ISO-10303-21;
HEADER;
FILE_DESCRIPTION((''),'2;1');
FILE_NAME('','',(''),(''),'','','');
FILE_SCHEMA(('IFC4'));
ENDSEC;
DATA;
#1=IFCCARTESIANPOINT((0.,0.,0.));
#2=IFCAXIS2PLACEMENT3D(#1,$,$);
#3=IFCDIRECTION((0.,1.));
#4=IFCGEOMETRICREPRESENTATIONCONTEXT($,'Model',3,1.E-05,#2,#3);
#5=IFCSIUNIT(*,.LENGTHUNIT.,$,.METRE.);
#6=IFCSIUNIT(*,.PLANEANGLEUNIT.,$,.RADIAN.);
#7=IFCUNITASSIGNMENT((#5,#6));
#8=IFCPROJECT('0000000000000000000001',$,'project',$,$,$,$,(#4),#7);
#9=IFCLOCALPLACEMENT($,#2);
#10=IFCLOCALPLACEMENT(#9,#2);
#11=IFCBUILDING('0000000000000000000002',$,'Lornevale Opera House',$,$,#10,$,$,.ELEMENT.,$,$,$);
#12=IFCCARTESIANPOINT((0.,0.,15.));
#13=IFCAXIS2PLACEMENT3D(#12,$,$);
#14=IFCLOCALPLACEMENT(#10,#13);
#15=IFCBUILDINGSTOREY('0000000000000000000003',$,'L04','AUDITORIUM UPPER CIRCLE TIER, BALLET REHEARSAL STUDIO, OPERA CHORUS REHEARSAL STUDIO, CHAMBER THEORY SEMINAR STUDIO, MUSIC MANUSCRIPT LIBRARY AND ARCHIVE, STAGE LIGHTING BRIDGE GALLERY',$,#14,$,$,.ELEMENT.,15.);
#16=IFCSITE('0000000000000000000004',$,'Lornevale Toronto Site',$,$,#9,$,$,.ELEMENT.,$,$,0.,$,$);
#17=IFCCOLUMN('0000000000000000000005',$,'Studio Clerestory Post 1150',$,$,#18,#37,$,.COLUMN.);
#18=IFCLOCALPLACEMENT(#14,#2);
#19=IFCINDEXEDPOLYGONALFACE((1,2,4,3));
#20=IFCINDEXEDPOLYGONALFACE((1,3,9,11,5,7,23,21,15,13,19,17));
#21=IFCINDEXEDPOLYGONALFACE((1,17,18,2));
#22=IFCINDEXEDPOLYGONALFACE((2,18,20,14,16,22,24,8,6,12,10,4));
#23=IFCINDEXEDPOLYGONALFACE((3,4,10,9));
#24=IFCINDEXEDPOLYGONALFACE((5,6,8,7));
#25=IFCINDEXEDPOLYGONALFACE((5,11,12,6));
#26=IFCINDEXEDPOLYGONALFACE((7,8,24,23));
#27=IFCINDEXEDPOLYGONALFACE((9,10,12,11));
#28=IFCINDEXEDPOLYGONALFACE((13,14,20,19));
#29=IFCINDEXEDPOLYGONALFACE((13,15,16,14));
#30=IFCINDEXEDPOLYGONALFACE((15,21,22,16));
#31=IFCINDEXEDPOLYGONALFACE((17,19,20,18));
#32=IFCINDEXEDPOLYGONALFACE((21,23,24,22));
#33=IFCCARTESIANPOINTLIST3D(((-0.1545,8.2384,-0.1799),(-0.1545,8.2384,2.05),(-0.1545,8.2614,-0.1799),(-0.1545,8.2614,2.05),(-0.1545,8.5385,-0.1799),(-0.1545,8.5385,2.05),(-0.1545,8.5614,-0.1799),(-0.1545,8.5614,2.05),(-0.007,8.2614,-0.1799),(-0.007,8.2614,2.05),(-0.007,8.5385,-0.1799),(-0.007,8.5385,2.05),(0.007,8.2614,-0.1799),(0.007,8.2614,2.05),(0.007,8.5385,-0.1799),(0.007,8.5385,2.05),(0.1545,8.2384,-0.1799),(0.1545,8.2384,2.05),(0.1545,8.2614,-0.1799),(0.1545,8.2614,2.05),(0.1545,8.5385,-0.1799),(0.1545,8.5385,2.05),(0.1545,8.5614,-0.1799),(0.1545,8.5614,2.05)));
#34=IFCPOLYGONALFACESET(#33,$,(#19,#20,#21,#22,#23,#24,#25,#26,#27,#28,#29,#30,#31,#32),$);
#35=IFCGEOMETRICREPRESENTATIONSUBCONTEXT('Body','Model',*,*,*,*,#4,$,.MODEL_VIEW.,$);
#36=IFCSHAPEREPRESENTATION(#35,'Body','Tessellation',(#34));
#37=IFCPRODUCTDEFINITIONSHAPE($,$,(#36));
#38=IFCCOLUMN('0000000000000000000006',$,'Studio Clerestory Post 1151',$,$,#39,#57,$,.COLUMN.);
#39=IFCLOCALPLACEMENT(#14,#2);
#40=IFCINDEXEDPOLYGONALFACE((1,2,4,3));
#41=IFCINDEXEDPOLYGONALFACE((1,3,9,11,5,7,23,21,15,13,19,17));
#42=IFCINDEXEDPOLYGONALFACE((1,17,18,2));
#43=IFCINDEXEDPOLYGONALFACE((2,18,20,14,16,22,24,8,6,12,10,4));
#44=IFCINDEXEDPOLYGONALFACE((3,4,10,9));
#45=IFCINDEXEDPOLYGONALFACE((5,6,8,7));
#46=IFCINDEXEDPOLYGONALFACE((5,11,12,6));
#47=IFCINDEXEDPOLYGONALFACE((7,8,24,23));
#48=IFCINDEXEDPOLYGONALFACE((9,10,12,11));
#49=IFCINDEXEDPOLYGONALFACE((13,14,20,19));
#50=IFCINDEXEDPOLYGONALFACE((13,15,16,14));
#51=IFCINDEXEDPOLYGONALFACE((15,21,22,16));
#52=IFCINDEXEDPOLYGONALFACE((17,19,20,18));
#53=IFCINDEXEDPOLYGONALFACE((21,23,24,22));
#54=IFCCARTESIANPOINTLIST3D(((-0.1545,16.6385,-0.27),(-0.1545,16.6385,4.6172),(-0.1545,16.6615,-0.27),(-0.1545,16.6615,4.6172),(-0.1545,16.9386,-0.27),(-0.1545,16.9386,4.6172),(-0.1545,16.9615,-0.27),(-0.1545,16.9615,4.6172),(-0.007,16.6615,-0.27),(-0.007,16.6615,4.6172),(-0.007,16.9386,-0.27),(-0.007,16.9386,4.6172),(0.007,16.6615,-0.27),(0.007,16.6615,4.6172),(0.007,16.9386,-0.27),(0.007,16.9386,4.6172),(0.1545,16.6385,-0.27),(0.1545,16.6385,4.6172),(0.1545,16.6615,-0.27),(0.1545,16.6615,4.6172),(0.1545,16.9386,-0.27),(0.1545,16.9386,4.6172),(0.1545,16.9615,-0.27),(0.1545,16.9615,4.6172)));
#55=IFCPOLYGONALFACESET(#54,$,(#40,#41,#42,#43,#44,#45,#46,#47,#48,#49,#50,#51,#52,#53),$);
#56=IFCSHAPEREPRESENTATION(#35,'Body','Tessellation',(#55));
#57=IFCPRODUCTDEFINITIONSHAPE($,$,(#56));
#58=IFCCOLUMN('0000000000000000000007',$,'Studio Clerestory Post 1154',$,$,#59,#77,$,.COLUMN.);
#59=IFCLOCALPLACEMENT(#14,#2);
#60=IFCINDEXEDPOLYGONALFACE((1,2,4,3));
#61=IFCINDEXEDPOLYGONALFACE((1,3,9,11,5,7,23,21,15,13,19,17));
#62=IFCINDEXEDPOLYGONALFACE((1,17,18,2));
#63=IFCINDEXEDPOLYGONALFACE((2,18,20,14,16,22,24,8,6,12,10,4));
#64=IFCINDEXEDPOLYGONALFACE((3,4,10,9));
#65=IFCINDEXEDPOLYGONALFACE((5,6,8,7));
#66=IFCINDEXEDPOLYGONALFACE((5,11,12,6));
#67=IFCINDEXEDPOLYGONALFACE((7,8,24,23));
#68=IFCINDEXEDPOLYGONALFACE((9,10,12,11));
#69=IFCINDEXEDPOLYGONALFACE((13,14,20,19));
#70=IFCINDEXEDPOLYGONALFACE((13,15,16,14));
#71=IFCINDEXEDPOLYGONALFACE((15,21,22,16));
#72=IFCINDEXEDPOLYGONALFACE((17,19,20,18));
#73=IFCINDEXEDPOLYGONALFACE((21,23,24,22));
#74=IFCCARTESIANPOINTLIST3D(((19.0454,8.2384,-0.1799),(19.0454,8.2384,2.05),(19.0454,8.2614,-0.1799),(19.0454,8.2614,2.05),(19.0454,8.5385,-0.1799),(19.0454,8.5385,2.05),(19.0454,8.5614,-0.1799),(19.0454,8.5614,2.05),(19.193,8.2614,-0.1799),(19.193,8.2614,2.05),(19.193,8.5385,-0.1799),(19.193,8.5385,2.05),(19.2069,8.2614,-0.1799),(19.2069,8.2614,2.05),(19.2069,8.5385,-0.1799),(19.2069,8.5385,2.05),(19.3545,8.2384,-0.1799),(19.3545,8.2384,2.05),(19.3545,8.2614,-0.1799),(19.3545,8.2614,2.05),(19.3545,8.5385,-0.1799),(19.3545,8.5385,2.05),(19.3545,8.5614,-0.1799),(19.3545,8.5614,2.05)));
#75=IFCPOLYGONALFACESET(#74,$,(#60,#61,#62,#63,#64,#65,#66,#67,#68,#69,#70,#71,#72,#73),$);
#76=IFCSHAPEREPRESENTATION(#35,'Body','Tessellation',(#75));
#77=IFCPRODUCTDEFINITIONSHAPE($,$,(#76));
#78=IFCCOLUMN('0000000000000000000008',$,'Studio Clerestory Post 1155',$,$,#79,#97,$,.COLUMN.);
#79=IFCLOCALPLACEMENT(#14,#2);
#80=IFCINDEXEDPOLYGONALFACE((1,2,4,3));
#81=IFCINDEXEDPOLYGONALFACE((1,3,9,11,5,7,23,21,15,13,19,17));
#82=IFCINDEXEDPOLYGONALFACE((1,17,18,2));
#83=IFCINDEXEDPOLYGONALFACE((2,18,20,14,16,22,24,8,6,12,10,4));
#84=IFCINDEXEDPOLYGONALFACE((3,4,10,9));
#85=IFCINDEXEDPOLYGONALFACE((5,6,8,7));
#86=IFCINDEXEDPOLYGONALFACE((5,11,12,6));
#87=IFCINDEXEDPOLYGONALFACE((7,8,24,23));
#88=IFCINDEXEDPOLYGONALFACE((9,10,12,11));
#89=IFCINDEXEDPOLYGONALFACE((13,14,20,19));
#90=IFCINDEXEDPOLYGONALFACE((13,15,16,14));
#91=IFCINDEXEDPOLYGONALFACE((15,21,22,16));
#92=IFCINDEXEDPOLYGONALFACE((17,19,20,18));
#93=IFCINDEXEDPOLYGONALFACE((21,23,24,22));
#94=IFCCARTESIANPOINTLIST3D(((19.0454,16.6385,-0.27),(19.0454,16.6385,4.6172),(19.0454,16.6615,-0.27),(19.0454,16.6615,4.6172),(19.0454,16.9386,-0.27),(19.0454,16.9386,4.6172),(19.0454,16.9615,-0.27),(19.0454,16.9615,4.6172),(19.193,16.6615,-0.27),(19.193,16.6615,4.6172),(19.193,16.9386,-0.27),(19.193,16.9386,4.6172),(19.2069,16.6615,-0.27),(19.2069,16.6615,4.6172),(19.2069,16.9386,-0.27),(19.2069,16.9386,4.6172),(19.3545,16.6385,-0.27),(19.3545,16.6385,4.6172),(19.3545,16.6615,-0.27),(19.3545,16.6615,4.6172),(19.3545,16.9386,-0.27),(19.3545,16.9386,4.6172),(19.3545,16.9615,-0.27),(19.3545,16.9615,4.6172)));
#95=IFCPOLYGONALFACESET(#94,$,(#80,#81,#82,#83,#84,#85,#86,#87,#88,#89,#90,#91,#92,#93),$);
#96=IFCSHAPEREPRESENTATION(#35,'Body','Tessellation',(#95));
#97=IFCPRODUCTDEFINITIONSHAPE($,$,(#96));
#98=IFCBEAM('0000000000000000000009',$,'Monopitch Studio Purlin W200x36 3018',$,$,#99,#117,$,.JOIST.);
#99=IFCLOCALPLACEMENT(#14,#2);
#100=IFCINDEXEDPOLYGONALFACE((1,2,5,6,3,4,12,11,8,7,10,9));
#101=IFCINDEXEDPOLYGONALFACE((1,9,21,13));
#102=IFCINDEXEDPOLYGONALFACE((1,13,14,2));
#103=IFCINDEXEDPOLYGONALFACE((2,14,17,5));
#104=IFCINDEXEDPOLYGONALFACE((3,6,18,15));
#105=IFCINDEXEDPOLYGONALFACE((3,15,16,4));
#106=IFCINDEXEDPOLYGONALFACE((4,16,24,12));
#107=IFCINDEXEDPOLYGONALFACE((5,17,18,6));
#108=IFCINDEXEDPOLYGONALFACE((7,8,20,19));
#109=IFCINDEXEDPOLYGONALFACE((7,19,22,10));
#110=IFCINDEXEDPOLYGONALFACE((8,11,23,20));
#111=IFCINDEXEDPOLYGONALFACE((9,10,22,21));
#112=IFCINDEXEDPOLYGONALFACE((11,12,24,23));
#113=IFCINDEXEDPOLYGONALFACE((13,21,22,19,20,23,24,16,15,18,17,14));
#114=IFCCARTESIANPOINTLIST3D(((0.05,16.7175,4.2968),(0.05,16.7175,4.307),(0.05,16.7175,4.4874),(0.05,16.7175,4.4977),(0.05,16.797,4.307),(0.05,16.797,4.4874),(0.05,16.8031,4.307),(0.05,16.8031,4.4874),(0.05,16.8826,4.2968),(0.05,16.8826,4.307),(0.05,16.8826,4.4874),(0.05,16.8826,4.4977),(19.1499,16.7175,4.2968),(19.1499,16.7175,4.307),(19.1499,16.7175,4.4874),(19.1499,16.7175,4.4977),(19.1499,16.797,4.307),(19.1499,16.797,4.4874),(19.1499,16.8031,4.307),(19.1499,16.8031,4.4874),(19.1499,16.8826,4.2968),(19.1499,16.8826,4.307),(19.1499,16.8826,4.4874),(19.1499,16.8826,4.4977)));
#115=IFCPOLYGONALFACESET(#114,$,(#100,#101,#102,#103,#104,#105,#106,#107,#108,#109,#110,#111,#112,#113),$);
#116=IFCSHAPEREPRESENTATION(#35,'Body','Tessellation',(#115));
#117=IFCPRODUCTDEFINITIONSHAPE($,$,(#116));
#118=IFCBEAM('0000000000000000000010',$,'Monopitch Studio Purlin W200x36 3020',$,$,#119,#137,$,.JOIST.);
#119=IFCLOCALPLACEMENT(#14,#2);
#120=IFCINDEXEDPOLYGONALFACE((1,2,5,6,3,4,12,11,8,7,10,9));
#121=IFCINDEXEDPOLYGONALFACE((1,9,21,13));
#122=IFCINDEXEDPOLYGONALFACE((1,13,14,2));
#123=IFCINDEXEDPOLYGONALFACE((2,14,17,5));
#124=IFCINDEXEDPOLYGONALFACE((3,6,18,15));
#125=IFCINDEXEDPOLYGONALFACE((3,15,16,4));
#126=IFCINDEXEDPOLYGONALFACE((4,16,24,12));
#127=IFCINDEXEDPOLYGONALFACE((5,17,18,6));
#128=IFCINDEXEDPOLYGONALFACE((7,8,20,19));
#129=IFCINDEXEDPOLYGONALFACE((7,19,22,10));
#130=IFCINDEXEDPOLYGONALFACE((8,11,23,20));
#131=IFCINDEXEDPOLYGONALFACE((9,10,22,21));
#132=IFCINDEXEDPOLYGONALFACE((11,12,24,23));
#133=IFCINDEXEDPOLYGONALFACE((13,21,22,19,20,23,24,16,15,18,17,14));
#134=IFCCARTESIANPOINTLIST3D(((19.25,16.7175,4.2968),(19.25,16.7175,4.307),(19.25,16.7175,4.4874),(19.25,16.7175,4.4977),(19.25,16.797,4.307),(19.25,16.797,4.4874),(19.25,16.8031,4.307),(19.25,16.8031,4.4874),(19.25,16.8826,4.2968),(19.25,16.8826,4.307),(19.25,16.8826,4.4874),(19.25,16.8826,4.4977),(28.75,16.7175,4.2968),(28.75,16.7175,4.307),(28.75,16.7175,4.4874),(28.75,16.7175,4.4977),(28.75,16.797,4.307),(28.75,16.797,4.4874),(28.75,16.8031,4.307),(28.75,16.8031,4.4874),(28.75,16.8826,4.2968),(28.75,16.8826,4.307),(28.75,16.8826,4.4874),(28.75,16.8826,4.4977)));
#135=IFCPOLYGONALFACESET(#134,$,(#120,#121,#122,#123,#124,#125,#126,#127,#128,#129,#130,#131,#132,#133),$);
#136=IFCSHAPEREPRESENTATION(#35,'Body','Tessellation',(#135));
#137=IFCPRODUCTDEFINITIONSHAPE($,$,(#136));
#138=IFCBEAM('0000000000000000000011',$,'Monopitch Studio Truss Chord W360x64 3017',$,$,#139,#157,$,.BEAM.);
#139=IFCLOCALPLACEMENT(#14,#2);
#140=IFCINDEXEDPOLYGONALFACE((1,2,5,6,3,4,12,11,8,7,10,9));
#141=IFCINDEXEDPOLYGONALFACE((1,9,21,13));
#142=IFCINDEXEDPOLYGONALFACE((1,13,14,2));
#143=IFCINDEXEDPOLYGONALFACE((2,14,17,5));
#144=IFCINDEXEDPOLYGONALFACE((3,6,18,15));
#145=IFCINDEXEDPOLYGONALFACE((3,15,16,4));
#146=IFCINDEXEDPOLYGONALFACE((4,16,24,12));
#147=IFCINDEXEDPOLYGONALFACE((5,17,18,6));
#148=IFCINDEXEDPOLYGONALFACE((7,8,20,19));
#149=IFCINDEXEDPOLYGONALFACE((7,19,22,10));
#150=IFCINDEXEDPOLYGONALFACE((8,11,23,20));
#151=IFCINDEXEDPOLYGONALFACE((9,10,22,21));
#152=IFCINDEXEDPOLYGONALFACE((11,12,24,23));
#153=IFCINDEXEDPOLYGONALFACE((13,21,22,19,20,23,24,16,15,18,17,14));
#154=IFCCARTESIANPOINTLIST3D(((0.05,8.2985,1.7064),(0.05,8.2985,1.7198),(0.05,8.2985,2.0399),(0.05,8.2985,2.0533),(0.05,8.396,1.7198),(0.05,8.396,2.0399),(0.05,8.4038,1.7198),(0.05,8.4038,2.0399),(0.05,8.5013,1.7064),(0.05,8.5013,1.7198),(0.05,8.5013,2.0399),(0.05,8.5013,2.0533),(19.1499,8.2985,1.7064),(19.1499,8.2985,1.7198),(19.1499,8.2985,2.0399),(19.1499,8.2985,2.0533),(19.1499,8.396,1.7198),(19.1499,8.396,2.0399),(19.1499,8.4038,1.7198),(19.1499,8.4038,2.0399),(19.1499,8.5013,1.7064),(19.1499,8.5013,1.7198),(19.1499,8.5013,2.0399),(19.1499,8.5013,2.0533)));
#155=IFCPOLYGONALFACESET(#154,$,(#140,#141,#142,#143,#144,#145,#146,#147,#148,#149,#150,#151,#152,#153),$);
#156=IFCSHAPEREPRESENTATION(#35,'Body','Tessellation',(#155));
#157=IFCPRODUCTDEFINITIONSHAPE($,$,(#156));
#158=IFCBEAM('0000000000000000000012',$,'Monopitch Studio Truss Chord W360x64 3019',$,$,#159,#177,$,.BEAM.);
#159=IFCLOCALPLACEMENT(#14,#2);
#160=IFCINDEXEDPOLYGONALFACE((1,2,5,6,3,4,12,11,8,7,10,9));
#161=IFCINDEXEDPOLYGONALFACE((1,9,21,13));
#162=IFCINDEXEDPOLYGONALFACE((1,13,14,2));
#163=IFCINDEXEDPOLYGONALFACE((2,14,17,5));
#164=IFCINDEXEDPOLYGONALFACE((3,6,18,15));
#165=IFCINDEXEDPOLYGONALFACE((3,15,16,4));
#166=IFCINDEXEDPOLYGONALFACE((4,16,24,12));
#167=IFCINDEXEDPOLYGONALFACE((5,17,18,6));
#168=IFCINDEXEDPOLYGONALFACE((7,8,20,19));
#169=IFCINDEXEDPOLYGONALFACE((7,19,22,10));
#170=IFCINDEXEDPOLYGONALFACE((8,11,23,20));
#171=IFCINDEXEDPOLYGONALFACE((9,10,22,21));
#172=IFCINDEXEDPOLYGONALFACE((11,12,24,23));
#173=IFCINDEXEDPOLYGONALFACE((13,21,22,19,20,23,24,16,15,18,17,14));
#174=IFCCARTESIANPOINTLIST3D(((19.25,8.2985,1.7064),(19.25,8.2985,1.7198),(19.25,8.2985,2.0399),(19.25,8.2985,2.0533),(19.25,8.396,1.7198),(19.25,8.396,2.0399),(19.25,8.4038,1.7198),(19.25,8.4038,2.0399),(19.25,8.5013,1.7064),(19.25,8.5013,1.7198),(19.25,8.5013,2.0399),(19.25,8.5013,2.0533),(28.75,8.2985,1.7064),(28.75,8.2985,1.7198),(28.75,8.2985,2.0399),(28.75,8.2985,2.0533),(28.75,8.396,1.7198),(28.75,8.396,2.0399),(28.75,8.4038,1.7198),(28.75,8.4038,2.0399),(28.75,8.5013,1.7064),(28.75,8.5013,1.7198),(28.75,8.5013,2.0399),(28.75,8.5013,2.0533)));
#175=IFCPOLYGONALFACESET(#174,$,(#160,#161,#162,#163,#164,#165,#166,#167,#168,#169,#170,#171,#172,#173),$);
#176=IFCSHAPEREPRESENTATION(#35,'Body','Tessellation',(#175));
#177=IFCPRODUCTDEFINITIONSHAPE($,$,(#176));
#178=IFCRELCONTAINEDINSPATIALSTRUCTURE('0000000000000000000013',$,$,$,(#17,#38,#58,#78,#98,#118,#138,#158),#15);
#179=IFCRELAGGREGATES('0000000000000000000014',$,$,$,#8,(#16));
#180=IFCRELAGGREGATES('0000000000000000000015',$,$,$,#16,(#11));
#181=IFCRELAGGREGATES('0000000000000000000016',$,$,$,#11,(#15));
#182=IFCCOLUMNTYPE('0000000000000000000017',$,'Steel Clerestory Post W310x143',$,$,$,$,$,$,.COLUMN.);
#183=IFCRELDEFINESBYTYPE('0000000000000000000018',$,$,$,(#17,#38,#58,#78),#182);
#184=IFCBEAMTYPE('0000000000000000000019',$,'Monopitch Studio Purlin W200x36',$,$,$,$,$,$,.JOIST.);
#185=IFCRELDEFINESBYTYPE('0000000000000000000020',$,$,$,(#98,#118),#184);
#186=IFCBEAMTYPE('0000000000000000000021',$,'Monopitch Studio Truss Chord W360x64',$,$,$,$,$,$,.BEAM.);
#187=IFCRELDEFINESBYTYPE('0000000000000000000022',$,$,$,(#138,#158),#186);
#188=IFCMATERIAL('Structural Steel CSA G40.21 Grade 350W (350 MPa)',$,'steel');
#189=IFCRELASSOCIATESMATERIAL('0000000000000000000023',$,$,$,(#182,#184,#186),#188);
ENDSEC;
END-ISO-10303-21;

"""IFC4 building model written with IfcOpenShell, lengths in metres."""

from ifc_helpers import new_model, si_unit, direction, frame, origin, origin_2d, place, context, subcontext, project, spatial, i_section, extrude, material, material_profile, profile_set, type_object, element, save


model = new_model("IFC4")

# Units and contexts
model_context = context("Model", 3, precision=1e-05, world=origin(), true_north=direction((0.0, 1.0)))
body_context = subcontext(model_context, "Body", "Model", "MODEL_VIEW")
ifc_project = project(units=[si_unit("LENGTHUNIT", "METRE"), si_unit("PLANEANGLEUNIT", "RADIAN")], contexts=[model_context])

# Site, building, storey
site_placement = place(None, origin())
site = spatial("IfcSite", under=ifc_project, at=site_placement, Name="Lornevale Toronto Site", CompositionType="ELEMENT", RefElevation=0.0)
building_placement = place(site_placement, origin())
building = spatial("IfcBuilding", under=site, at=building_placement, Name="Lornevale Opera House", CompositionType="ELEMENT")
storey_placement = place(building_placement, frame((0.0, 0.0, 15.0)))
storey = spatial("IfcBuildingStorey", under=building, at=storey_placement, Name="L04", Description="AUDITORIUM UPPER CIRCLE TIER, BALLET REHEARSAL STUDIO, OPERA CHORUS REHEARSAL STUDIO, CHAMBER THEORY SEMINAR STUDIO, MUSIC MANUSCRIPT LIBRARY AND ARCHIVE, STAGE LIGHTING BRIDGE GALLERY", CompositionType="ELEMENT", Elevation=15.0)

# Columns
ifc_material_1 = material(Name="Structural Steel CSA G40.21 Grade 350W (350 MPa)", Category="steel")
ifc_material_profile_1 = material_profile(ifc_material_1, i_section(OverallWidth=0.3091, OverallDepth=0.323, WebThickness=0.0139, FlangeThickness=0.0229, at=origin_2d()), Name="W310x143")
ifc_profile_set_1 = profile_set([ifc_material_profile_1], Name="Structural Steel CSA G40.21 Grade 350W (350 MPa)")
column_type = type_object("IfcColumnType", Name="Steel Clerestory Post W310x143", PredefinedType="COLUMN", material=ifc_profile_set_1)
column_1_placement = place(storey_placement, frame((0.0, 8.3999, -0.1799), z_axis=(0.0, 0.0, 1.0), x_axis=(1.0, 0.0, 0.0)))
element("IfcColumn", 1, at=column_1_placement, inside=storey, type_object=column_type, Name="Studio Clerestory Post 1150", PredefinedType="COLUMN", context=body_context, shape_type="SweptSolid", body=[
    extrude(i_section(OverallWidth=0.3091, OverallDepth=0.323, WebThickness=0.0139, FlangeThickness=0.0229, at=origin_2d()), origin(), (0.0, 0.0, 1.0), 2.23),
])
column_2_placement = place(storey_placement, frame((0.0, 16.8, -0.27), z_axis=(0.0, 0.0, 1.0), x_axis=(1.0, 0.0, 0.0)))
element("IfcColumn", 2, at=column_2_placement, inside=storey, type_object=column_type, Name="Studio Clerestory Post 1151", PredefinedType="COLUMN", context=body_context, shape_type="SweptSolid", body=[
    extrude(i_section(OverallWidth=0.3091, OverallDepth=0.323, WebThickness=0.0139, FlangeThickness=0.0229, at=origin_2d()), origin(), (0.0, 0.0, 1.0), 4.8872),
])
column_3_placement = place(storey_placement, frame((19.2, 8.3999, -0.1799), z_axis=(0.0, 0.0, 1.0), x_axis=(1.0, 0.0, 0.0)))
element("IfcColumn", 3, at=column_3_placement, inside=storey, type_object=column_type, Name="Studio Clerestory Post 1154", PredefinedType="COLUMN", context=body_context, shape_type="SweptSolid", body=[
    extrude(i_section(OverallWidth=0.3091, OverallDepth=0.323, WebThickness=0.0139, FlangeThickness=0.0229, at=origin_2d()), origin(), (0.0, 0.0, 1.0), 2.23),
])
column_4_placement = place(storey_placement, frame((19.2, 16.8, -0.27), z_axis=(0.0, 0.0, 1.0), x_axis=(1.0, 0.0, 0.0)))
element("IfcColumn", 4, at=column_4_placement, inside=storey, type_object=column_type, Name="Studio Clerestory Post 1155", PredefinedType="COLUMN", context=body_context, shape_type="SweptSolid", body=[
    extrude(i_section(OverallWidth=0.3091, OverallDepth=0.323, WebThickness=0.0139, FlangeThickness=0.0229, at=origin_2d()), origin(), (0.0, 0.0, 1.0), 4.8872),
])

# Beams
ifc_material_profile_2 = material_profile(ifc_material_1, i_section(OverallWidth=0.165, OverallDepth=0.2009, WebThickness=0.0061, FlangeThickness=0.0103, at=origin_2d()), Name="W200x36")
ifc_profile_set_2 = profile_set([ifc_material_profile_2], Name="Structural Steel CSA G40.21 Grade 350W (350 MPa)")
beam_type_1 = type_object("IfcBeamType", Name="Monopitch Studio Purlin W200x36", PredefinedType="JOIST", material=ifc_profile_set_2)
beam_1_placement = place(storey_placement, frame((0.05, 16.8, 4.3972), z_axis=(1.0, 0.0, 0.0), x_axis=(0.0, 1.0, 0.0)))
element("IfcBeam", 5, at=beam_1_placement, inside=storey, type_object=beam_type_1, Name="Monopitch Studio Purlin W200x36 3018", PredefinedType="JOIST", context=body_context, shape_type="SweptSolid", body=[
    extrude(i_section(OverallWidth=0.165, OverallDepth=0.2009, WebThickness=0.0061, FlangeThickness=0.0103, at=origin_2d()), origin(), (0.0, 0.0, 1.0), 19.0999),
])
beam_2_placement = place(storey_placement, frame((19.25, 16.8, 4.3972), z_axis=(1.0, 0.0, 0.0), x_axis=(0.0, 1.0, 0.0)))
element("IfcBeam", 6, at=beam_2_placement, inside=storey, type_object=beam_type_1, Name="Monopitch Studio Purlin W200x36 3020", PredefinedType="JOIST", context=body_context, shape_type="SweptSolid", body=[
    extrude(i_section(OverallWidth=0.165, OverallDepth=0.2009, WebThickness=0.0061, FlangeThickness=0.0103, at=origin_2d()), origin(), (0.0, 0.0, 1.0), 9.5),
])
ifc_material_profile_3 = material_profile(ifc_material_1, i_section(OverallWidth=0.2029, OverallDepth=0.3469, WebThickness=0.0078, FlangeThickness=0.0134, at=origin_2d()), Name="W360x64")
ifc_profile_set_3 = profile_set([ifc_material_profile_3], Name="Structural Steel CSA G40.21 Grade 350W (350 MPa)")
beam_type_2 = type_object("IfcBeamType", Name="Monopitch Studio Truss Chord W360x64", PredefinedType="BEAM", material=ifc_profile_set_3)
beam_3_placement = place(storey_placement, frame((0.05, 8.3999, 1.8799), z_axis=(1.0, 0.0, 0.0), x_axis=(0.0, 1.0, 0.0)))
element("IfcBeam", 7, at=beam_3_placement, inside=storey, type_object=beam_type_2, Name="Monopitch Studio Truss Chord W360x64 3017", PredefinedType="BEAM", context=body_context, shape_type="SweptSolid", body=[
    extrude(i_section(OverallWidth=0.2029, OverallDepth=0.3469, WebThickness=0.0078, FlangeThickness=0.0134, at=origin_2d()), origin(), (0.0, 0.0, 1.0), 19.0999),
])
beam_4_placement = place(storey_placement, frame((19.25, 8.3999, 1.8799), z_axis=(1.0, 0.0, 0.0), x_axis=(0.0, 1.0, 0.0)))
element("IfcBeam", 8, at=beam_4_placement, inside=storey, type_object=beam_type_2, Name="Monopitch Studio Truss Chord W360x64 3019", PredefinedType="BEAM", context=body_context, shape_type="SweptSolid", body=[
    extrude(i_section(OverallWidth=0.2029, OverallDepth=0.3469, WebThickness=0.0078, FlangeThickness=0.0134, at=origin_2d()), origin(), (0.0, 0.0, 1.0), 9.5),
])

save(model, "model.ifc")
